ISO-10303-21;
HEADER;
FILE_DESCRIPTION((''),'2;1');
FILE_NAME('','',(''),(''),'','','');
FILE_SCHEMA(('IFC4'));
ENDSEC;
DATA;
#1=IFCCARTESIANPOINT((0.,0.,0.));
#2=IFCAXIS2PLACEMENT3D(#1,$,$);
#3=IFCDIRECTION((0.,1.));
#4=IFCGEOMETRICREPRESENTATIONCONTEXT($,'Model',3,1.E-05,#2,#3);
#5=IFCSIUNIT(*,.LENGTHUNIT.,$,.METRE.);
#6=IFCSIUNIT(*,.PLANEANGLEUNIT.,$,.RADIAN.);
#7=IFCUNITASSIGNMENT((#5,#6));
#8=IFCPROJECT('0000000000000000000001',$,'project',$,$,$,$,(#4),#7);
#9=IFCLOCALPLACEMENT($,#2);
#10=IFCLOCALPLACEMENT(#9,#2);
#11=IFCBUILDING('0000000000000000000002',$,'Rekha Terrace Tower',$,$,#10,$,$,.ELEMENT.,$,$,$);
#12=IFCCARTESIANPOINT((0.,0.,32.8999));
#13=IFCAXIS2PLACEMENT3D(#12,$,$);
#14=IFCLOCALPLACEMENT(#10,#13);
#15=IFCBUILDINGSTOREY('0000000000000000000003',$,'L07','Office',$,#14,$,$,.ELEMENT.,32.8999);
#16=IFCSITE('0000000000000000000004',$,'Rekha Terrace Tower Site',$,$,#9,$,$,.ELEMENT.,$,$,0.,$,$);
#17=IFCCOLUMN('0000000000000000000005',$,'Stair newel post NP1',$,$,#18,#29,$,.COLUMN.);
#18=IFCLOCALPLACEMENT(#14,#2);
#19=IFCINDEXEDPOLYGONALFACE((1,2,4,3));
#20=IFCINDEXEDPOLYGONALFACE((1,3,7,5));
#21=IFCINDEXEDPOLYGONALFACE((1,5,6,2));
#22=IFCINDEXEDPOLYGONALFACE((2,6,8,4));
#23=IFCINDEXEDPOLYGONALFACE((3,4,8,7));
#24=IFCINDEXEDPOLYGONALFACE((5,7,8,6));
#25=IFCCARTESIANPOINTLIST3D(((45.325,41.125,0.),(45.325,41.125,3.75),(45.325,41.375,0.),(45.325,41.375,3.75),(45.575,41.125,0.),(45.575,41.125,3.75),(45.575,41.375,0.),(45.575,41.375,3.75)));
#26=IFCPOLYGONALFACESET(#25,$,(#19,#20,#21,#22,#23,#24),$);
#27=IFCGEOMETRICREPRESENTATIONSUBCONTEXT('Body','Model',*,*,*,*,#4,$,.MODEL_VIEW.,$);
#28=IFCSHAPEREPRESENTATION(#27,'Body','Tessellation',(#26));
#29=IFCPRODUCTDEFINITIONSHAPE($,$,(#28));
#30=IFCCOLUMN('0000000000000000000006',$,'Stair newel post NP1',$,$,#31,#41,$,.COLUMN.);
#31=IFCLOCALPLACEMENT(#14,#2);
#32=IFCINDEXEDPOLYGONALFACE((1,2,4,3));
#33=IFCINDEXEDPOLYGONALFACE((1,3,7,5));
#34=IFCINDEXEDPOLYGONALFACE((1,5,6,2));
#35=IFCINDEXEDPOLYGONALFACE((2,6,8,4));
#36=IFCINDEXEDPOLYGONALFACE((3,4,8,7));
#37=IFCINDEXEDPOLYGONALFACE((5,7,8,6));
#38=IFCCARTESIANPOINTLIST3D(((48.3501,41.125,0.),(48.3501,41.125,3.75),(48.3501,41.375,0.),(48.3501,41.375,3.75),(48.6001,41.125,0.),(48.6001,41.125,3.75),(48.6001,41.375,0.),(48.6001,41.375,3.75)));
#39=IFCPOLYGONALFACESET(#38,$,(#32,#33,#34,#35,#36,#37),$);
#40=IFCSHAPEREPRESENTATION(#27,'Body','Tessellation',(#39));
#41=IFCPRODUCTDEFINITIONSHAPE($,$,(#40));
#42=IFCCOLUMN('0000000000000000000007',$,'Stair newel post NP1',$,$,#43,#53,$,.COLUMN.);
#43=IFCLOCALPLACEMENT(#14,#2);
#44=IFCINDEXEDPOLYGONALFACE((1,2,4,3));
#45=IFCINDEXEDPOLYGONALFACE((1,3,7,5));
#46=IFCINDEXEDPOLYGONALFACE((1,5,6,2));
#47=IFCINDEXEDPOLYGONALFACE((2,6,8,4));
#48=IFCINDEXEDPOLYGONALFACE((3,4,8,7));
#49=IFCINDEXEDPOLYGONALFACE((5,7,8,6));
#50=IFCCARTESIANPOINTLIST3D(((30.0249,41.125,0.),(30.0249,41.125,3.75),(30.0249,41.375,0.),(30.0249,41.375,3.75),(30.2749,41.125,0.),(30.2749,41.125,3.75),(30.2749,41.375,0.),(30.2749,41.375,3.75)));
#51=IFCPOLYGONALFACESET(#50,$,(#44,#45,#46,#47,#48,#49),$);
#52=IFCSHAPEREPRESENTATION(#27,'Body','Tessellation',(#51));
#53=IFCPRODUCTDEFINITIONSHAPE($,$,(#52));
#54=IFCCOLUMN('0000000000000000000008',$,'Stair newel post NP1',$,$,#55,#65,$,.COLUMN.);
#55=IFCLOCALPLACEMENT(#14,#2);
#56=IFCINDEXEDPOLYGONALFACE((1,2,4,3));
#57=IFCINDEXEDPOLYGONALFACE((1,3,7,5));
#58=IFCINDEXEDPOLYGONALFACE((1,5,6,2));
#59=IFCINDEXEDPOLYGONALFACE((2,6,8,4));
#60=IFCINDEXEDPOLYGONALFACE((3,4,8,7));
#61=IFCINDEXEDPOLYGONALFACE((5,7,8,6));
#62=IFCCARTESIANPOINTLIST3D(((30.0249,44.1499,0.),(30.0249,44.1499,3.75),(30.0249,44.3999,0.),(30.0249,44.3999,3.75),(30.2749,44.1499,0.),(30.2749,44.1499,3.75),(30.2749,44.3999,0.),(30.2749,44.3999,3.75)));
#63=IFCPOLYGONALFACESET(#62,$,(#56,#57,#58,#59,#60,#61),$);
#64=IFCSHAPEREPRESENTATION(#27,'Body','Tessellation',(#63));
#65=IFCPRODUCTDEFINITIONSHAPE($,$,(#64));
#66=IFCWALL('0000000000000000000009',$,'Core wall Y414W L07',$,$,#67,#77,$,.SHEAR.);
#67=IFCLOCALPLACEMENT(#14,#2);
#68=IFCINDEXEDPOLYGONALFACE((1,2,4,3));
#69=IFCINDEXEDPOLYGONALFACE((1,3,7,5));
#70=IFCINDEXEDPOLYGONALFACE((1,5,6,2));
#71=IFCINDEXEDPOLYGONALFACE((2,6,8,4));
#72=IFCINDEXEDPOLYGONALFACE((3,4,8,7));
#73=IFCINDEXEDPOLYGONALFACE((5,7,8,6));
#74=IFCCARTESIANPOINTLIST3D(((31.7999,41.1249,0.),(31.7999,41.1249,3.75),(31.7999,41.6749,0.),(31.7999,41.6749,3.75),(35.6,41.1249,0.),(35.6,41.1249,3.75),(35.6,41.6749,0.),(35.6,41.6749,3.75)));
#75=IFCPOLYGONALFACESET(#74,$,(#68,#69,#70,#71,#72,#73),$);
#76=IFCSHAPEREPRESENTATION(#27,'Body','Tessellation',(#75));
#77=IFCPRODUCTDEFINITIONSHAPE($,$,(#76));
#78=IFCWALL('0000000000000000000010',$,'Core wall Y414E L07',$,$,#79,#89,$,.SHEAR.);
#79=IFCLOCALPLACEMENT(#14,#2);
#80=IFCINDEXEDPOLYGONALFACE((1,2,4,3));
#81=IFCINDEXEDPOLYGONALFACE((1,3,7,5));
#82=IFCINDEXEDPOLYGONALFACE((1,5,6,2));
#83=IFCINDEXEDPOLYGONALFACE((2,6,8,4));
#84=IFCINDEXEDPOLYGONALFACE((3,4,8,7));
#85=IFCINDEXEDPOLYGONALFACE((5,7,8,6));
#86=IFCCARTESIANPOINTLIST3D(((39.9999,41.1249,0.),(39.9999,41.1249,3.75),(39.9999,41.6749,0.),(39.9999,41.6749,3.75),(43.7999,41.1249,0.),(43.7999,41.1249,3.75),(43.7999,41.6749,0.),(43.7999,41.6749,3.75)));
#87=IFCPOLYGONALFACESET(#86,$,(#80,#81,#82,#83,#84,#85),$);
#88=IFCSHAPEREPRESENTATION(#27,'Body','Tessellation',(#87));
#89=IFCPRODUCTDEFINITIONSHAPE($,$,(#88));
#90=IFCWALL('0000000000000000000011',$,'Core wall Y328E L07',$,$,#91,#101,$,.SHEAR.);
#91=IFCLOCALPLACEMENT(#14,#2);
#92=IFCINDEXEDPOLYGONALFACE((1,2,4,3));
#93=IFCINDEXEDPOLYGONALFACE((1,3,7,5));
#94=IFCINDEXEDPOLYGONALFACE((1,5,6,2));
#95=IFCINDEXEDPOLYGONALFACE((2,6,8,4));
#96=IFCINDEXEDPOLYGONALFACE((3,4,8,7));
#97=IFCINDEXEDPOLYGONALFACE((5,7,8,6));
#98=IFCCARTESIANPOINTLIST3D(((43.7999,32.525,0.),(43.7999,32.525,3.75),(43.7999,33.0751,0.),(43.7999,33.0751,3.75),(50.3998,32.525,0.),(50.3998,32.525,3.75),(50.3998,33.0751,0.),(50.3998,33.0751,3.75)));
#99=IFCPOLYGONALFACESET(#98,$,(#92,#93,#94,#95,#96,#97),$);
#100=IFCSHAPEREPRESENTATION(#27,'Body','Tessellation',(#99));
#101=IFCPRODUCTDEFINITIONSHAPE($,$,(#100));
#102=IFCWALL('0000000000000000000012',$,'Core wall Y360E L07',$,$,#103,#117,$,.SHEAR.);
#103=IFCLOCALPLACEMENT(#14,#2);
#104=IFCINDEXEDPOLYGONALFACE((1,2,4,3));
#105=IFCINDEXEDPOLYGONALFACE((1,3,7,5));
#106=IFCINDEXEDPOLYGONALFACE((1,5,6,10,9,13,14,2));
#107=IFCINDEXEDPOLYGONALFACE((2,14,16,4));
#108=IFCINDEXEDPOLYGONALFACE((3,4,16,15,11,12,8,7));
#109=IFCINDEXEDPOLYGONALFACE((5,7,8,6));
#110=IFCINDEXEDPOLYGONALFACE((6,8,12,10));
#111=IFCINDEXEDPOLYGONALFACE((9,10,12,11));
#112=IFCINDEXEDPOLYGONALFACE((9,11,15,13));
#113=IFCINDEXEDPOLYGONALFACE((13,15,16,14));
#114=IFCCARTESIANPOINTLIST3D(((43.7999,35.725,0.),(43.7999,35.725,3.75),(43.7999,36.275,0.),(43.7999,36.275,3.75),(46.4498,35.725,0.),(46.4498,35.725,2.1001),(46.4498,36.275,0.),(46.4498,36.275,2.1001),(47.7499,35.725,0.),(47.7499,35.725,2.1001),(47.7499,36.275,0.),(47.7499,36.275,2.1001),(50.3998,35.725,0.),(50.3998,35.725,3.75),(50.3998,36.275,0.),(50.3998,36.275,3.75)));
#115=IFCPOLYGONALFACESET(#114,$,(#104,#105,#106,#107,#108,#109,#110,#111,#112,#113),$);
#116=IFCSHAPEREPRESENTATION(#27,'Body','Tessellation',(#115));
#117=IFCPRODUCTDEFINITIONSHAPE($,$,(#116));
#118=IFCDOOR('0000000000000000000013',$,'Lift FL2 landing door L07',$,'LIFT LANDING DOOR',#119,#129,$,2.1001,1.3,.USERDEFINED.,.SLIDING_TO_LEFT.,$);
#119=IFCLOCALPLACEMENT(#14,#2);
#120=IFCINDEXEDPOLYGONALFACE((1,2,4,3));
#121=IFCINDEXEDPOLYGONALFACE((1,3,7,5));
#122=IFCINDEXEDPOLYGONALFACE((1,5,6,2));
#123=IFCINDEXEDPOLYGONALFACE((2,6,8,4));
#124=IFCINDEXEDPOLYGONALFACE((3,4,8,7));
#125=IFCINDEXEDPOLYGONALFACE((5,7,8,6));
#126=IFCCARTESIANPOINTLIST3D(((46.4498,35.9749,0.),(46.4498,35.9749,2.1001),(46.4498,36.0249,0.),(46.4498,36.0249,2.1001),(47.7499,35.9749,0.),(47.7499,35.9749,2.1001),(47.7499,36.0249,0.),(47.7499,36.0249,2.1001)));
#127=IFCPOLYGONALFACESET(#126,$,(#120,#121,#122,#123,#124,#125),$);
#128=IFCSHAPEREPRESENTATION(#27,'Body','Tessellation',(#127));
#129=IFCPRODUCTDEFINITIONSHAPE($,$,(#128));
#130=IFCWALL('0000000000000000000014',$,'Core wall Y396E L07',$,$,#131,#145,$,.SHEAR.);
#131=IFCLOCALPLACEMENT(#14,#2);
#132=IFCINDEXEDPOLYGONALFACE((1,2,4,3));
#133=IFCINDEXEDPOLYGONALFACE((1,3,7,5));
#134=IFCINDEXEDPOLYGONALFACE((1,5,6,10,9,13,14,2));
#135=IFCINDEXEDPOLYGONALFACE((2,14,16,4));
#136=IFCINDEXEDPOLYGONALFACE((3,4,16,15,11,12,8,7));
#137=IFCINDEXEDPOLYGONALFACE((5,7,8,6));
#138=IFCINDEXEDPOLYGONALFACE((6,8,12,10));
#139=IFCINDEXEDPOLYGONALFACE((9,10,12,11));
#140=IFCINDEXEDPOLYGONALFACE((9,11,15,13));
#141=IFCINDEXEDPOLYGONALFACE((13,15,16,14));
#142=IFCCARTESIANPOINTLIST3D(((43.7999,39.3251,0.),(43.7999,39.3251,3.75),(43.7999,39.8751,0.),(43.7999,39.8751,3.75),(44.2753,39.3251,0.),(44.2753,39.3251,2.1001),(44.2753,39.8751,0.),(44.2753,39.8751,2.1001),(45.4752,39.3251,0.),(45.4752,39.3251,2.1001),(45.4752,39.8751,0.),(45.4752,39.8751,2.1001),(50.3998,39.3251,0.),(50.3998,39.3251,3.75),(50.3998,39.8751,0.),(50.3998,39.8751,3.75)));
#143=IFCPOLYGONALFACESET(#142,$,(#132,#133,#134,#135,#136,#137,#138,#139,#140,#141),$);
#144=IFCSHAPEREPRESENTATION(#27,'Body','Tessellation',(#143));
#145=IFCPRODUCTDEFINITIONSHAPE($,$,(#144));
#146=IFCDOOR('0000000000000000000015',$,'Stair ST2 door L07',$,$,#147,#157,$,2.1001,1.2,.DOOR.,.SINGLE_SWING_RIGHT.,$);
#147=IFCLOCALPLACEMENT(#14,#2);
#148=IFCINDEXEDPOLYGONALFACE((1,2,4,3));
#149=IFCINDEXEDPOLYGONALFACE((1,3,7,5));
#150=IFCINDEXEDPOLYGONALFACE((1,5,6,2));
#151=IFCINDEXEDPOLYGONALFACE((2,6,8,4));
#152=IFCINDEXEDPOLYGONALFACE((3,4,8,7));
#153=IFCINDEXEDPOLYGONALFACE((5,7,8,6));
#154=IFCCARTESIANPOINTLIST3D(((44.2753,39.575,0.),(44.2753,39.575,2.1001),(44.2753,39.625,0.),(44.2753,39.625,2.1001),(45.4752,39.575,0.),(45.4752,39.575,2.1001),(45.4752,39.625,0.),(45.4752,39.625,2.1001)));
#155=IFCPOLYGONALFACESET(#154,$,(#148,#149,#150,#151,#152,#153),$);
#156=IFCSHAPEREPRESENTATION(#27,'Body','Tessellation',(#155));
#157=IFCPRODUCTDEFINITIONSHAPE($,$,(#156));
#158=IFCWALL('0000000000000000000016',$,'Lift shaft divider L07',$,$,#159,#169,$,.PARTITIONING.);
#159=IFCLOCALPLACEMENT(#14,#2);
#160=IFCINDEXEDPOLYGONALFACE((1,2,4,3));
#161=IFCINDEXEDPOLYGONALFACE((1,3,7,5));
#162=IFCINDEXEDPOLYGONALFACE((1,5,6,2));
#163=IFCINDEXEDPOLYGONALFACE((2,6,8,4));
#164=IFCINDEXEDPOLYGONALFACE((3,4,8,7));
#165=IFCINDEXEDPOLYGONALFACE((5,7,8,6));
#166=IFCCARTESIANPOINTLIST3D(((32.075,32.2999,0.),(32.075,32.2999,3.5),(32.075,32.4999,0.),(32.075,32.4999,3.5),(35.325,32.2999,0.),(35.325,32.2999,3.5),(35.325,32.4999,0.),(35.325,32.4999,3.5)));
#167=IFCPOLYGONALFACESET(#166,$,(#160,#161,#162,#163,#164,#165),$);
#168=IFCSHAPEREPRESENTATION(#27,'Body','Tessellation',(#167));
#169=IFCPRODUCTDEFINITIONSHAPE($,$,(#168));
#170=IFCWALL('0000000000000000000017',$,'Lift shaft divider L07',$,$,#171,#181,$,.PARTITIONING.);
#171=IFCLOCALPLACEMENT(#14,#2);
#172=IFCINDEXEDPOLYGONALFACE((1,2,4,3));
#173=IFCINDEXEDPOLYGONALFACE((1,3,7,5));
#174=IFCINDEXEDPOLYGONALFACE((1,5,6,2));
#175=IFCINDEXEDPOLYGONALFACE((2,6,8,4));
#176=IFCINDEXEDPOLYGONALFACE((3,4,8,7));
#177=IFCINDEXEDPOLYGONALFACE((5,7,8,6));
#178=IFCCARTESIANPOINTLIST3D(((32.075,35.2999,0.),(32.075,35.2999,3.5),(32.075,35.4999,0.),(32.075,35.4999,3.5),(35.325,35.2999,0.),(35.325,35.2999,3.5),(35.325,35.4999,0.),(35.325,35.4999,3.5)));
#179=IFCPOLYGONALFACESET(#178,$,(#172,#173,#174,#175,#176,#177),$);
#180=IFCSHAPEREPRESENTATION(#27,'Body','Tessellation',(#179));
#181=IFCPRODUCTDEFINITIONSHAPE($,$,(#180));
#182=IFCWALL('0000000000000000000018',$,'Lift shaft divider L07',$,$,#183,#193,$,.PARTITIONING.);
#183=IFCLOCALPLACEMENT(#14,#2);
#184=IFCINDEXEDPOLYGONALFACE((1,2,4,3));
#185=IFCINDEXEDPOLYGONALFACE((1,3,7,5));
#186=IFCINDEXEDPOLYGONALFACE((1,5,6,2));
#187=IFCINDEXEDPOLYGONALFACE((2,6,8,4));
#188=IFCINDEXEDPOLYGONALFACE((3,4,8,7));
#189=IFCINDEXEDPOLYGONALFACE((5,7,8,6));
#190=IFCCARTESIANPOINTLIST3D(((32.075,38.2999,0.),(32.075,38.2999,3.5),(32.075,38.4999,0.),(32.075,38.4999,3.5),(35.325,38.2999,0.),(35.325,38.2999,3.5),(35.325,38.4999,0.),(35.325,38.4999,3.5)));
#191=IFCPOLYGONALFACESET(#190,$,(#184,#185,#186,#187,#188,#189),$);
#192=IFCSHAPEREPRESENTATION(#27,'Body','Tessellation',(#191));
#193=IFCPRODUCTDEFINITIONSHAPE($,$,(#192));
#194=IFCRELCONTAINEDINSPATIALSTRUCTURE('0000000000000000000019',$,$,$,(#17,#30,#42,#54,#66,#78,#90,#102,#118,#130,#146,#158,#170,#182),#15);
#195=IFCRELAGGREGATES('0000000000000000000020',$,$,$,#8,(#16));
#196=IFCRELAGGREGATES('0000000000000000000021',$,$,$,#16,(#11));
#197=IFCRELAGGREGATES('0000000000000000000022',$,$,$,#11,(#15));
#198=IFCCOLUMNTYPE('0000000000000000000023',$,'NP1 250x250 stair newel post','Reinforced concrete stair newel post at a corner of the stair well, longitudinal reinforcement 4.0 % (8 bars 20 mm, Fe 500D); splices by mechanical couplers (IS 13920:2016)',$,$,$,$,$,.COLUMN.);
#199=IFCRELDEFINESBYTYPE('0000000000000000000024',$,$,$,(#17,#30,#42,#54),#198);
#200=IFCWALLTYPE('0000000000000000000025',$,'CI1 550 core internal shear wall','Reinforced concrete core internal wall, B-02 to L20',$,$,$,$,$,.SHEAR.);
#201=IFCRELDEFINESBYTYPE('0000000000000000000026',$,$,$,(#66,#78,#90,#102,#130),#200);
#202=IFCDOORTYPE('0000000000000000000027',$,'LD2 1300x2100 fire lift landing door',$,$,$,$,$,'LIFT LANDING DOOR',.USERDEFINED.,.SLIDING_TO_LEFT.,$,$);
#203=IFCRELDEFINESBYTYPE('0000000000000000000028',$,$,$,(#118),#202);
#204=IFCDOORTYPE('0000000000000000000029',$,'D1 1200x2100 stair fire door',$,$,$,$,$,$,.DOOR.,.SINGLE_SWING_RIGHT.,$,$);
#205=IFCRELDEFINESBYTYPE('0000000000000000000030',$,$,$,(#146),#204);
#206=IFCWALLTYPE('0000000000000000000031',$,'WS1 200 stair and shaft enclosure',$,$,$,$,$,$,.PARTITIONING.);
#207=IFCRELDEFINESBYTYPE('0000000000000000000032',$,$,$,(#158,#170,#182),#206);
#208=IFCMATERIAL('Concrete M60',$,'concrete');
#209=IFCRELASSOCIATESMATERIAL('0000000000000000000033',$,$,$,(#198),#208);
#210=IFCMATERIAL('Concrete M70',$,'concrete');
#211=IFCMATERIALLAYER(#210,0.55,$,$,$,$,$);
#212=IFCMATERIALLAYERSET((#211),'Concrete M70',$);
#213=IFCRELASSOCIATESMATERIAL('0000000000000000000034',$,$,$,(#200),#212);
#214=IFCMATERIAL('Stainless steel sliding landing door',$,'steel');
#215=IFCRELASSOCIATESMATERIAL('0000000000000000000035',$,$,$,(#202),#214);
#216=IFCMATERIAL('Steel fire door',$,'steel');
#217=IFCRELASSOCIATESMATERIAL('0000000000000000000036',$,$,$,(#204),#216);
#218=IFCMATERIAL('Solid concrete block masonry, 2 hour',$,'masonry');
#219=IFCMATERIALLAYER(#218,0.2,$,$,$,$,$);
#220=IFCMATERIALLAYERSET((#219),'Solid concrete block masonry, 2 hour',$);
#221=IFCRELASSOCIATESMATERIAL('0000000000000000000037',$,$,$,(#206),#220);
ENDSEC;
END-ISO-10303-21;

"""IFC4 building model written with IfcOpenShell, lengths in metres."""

from ifc_helpers import new_model, si_unit, direction, frame, frame_2d, origin, origin_2d, place, context, subcontext, project, spatial, rectangle, extrude, material, layer, layer_set, material_profile, profile_set, type_object, element, fill, save


model = new_model("IFC4")

# Units and contexts
model_context = context("Model", 3, precision=1e-05, world=origin(), true_north=direction((0.0, 1.0)))
body_context = subcontext(model_context, "Body", "Model", "MODEL_VIEW")
ifc_project = project(units=[si_unit("LENGTHUNIT", "METRE"), si_unit("PLANEANGLEUNIT", "RADIAN")], contexts=[model_context])

# Site, building, storey
site_placement = place(None, origin())
site = spatial("IfcSite", under=ifc_project, at=site_placement, Name="Rekha Terrace Tower Site", CompositionType="ELEMENT", RefElevation=0.0)
building_placement = place(site_placement, origin())
building = spatial("IfcBuilding", under=site, at=building_placement, Name="Rekha Terrace Tower", CompositionType="ELEMENT")
storey_placement = place(building_placement, frame((0.0, 0.0, 32.8999)))
storey = spatial("IfcBuildingStorey", under=building, at=storey_placement, Name="L07", Description="Office", CompositionType="ELEMENT", Elevation=32.8999)

# Columns
ifc_material_1 = material(Name="Concrete M60", Category="concrete")
ifc_material_profile = material_profile(ifc_material_1, rectangle(XDim=0.25, YDim=0.25, at=origin_2d()), Name="RC 250x250")
ifc_profile_set = profile_set([ifc_material_profile], Name="Concrete M60")
column_type = type_object("IfcColumnType", Name="NP1 250x250 stair newel post", Description="Reinforced concrete stair newel post at a corner of the stair well, longitudinal reinforcement 4.0 % (8 bars 20 mm, Fe 500D); splices by mechanical couplers (IS 13920:2016)", PredefinedType="COLUMN", material=ifc_profile_set)
for number, where, z_axis, x_axis, name in (
    (1, (45.45, 41.25, 0.0), (0.0, 0.0, 1.0), (1.0, 0.0, 0.0), "Stair newel post NP1"),
    (2, (48.4751, 41.25, 0.0), (0.0, 0.0, 1.0), (1.0, 0.0, 0.0), "Stair newel post NP1"),
    (3, (30.1499, 41.25, 0.0), (0.0, 0.0, 1.0), (1.0, 0.0, 0.0), "Stair newel post NP1"),
    (4, (30.1499, 44.2749, 0.0), (0.0, 0.0, 1.0), (1.0, 0.0, 0.0), "Stair newel post NP1"),
):
    element("IfcColumn", number, at=place(storey_placement, frame(where, z_axis=z_axis, x_axis=x_axis)), inside=storey, type_object=column_type, Name=name, PredefinedType="COLUMN", context=body_context, shape_type="SweptSolid", body=[
        extrude(rectangle(XDim=0.25, YDim=0.25, at=origin_2d()), origin(), (0.0, 0.0, 1.0), 3.75),
    ])

# Walls
ifc_material_2 = material(Name="Concrete M70", Category="concrete")
ifc_layer_1 = layer(ifc_material_2, 0.55)
ifc_layer_set_1 = layer_set([ifc_layer_1], Name="Concrete M70")
wall_type_1 = type_object("IfcWallType", Name="CI1 550 core internal shear wall", Description="Reinforced concrete core internal wall, B-02 to L20", PredefinedType="SHEAR", material=ifc_layer_set_1)
for number, where, z_axis, x_axis, name in (
    (5, (31.8, 41.3999, 0.0), (0.0, 0.0, 1.0), (1.0, 0.0, 0.0), "Core wall Y414W L07"),
    (6, (40.0, 41.3999, 0.0), (0.0, 0.0, 1.0), (1.0, 0.0, 0.0), "Core wall Y414E L07"),
):
    element("IfcWall", number, at=place(storey_placement, frame(where, z_axis=z_axis, x_axis=x_axis)), inside=storey, type_object=wall_type_1, Name=name, PredefinedType="SHEAR", context=body_context, shape_type="SweptSolid", body=[
        extrude(rectangle(XDim=3.8, YDim=0.55, at=frame_2d((1.8999, 0.0))), origin(), (0.0, 0.0, 1.0), 3.75),
    ])
wall_1_placement = place(storey_placement, frame((43.8, 32.8, 0.0), z_axis=(0.0, 0.0, 1.0), x_axis=(1.0, 0.0, 0.0)))
element("IfcWall", 7, at=wall_1_placement, inside=storey, type_object=wall_type_1, Name="Core wall Y328E L07", PredefinedType="SHEAR", context=body_context, shape_type="SweptSolid", body=[
    extrude(rectangle(XDim=6.5999, YDim=0.55, at=frame_2d((3.2998, 0.0))), origin(), (0.0, 0.0, 1.0), 3.75),
])

# Walls, openings, doors
wall_2_placement = place(storey_placement, frame((43.8, 36.0, 0.0), z_axis=(0.0, 0.0, 1.0), x_axis=(1.0, 0.0, 0.0)))
wall_2 = element("IfcWall", 8, at=wall_2_placement, inside=storey, type_object=wall_type_1, Name="Core wall Y360E L07", PredefinedType="SHEAR", context=body_context, shape_type="SweptSolid", body=[
    extrude(rectangle(XDim=6.5999, YDim=0.55, at=frame_2d((3.2998, 0.0))), origin(), (0.0, 0.0, 1.0), 3.75),
])
opening_1_placement = place(wall_2_placement, frame((2.6499, 0.0, 0.0)))
opening_1 = element("IfcOpeningElement", 9, at=opening_1_placement, cuts=wall_2, PredefinedType="OPENING", context=body_context, shape_type="SweptSolid", body=[
    extrude(rectangle(XDim=1.3, YDim=2.1001, at=frame_2d((0.6499, 1.05))), frame((0.0, 0.2849, 0.0), z_axis=(0.0, -1.0, 0.0), x_axis=(1.0, 0.0, 0.0)), (0.0, 0.0, 1.0), 0.5701),
])
ifc_material_3 = material(Name="Stainless steel sliding landing door", Category="steel")
door_type_1 = type_object("IfcDoorType", Name="LD2 1300x2100 fire lift landing door", ElementType="LIFT LANDING DOOR", OperationType="SLIDING_TO_LEFT", PredefinedType="USERDEFINED", material=ifc_material_3)
door_1_placement = place(opening_1_placement, origin())
door_1 = element("IfcDoor", 10, at=door_1_placement, inside=storey, type_object=door_type_1, Name="Lift FL2 landing door L07", ObjectType="LIFT LANDING DOOR", OperationType="SLIDING_TO_LEFT", OverallHeight=2.1001, OverallWidth=1.3, PredefinedType="USERDEFINED", context=body_context, shape_type="SweptSolid", body=[
    extrude(rectangle(XDim=1.3, YDim=2.1001, at=frame_2d((0.6499, 1.05))), frame((0.0, 0.0249, 0.0), z_axis=(0.0, -1.0, 0.0), x_axis=(1.0, 0.0, 0.0)), (0.0, 0.0, 1.0), 0.05),
])
fill(opening_1, door_1)
wall_3_placement = place(storey_placement, frame((43.8, 39.6001, 0.0), z_axis=(0.0, 0.0, 1.0), x_axis=(1.0, 0.0, 0.0)))
wall_3 = element("IfcWall", 11, at=wall_3_placement, inside=storey, type_object=wall_type_1, Name="Core wall Y396E L07", PredefinedType="SHEAR", context=body_context, shape_type="SweptSolid", body=[
    extrude(rectangle(XDim=6.5999, YDim=0.55, at=frame_2d((3.2998, 0.0))), origin(), (0.0, 0.0, 1.0), 3.75),
])
opening_2_placement = place(wall_3_placement, frame((0.4751, 0.0, 0.0)))
opening_2 = element("IfcOpeningElement", 12, at=opening_2_placement, cuts=wall_3, PredefinedType="OPENING", context=body_context, shape_type="SweptSolid", body=[
    extrude(rectangle(XDim=1.2, YDim=2.1001, at=frame_2d((0.6001, 1.05))), frame((0.0, 0.2849, 0.0), z_axis=(0.0, -1.0, 0.0), x_axis=(1.0, 0.0, 0.0)), (0.0, 0.0, 1.0), 0.5701),
])
ifc_material_4 = material(Name="Steel fire door", Category="steel")
door_type_2 = type_object("IfcDoorType", Name="D1 1200x2100 stair fire door", OperationType="SINGLE_SWING_RIGHT", PredefinedType="DOOR", material=ifc_material_4)
door_2_placement = place(opening_2_placement, origin())
door_2 = element("IfcDoor", 13, at=door_2_placement, inside=storey, type_object=door_type_2, Name="Stair ST2 door L07", OperationType="SINGLE_SWING_RIGHT", OverallHeight=2.1001, OverallWidth=1.2, PredefinedType="DOOR", context=body_context, shape_type="SweptSolid", body=[
    extrude(rectangle(XDim=1.2, YDim=2.1001, at=frame_2d((0.6001, 1.05))), frame((0.0, 0.0249, 0.0), z_axis=(0.0, -1.0, 0.0), x_axis=(1.0, 0.0, 0.0)), (0.0, 0.0, 1.0), 0.05),
])
fill(opening_2, door_2)

# Walls
ifc_material_5 = material(Name="Solid concrete block masonry, 2 hour", Category="masonry")
ifc_layer_2 = layer(ifc_material_5, 0.2)
ifc_layer_set_2 = layer_set([ifc_layer_2], Name="Solid concrete block masonry, 2 hour")
wall_type_2 = type_object("IfcWallType", Name="WS1 200 stair and shaft enclosure", PredefinedType="PARTITIONING", material=ifc_layer_set_2)
for number, where, z_axis, x_axis, name in (
    (14, (32.075, 32.3999, 0.0), (0.0, 0.0, 1.0), (1.0, 0.0, 0.0), "Lift shaft divider L07"),
    (15, (32.075, 35.3999, 0.0), (0.0, 0.0, 1.0), (1.0, 0.0, 0.0), "Lift shaft divider L07"),
    (16, (32.075, 38.3999, 0.0), (0.0, 0.0, 1.0), (1.0, 0.0, 0.0), "Lift shaft divider L07"),
):
    element("IfcWall", number, at=place(storey_placement, frame(where, z_axis=z_axis, x_axis=x_axis)), inside=storey, type_object=wall_type_2, Name=name, PredefinedType="PARTITIONING", context=body_context, shape_type="SweptSolid", body=[
        extrude(rectangle(XDim=3.25, YDim=0.2, at=frame_2d((1.625, 0.0))), origin(), (0.0, 0.0, 1.0), 3.5),
    ])

save(model, "model.ifc")
